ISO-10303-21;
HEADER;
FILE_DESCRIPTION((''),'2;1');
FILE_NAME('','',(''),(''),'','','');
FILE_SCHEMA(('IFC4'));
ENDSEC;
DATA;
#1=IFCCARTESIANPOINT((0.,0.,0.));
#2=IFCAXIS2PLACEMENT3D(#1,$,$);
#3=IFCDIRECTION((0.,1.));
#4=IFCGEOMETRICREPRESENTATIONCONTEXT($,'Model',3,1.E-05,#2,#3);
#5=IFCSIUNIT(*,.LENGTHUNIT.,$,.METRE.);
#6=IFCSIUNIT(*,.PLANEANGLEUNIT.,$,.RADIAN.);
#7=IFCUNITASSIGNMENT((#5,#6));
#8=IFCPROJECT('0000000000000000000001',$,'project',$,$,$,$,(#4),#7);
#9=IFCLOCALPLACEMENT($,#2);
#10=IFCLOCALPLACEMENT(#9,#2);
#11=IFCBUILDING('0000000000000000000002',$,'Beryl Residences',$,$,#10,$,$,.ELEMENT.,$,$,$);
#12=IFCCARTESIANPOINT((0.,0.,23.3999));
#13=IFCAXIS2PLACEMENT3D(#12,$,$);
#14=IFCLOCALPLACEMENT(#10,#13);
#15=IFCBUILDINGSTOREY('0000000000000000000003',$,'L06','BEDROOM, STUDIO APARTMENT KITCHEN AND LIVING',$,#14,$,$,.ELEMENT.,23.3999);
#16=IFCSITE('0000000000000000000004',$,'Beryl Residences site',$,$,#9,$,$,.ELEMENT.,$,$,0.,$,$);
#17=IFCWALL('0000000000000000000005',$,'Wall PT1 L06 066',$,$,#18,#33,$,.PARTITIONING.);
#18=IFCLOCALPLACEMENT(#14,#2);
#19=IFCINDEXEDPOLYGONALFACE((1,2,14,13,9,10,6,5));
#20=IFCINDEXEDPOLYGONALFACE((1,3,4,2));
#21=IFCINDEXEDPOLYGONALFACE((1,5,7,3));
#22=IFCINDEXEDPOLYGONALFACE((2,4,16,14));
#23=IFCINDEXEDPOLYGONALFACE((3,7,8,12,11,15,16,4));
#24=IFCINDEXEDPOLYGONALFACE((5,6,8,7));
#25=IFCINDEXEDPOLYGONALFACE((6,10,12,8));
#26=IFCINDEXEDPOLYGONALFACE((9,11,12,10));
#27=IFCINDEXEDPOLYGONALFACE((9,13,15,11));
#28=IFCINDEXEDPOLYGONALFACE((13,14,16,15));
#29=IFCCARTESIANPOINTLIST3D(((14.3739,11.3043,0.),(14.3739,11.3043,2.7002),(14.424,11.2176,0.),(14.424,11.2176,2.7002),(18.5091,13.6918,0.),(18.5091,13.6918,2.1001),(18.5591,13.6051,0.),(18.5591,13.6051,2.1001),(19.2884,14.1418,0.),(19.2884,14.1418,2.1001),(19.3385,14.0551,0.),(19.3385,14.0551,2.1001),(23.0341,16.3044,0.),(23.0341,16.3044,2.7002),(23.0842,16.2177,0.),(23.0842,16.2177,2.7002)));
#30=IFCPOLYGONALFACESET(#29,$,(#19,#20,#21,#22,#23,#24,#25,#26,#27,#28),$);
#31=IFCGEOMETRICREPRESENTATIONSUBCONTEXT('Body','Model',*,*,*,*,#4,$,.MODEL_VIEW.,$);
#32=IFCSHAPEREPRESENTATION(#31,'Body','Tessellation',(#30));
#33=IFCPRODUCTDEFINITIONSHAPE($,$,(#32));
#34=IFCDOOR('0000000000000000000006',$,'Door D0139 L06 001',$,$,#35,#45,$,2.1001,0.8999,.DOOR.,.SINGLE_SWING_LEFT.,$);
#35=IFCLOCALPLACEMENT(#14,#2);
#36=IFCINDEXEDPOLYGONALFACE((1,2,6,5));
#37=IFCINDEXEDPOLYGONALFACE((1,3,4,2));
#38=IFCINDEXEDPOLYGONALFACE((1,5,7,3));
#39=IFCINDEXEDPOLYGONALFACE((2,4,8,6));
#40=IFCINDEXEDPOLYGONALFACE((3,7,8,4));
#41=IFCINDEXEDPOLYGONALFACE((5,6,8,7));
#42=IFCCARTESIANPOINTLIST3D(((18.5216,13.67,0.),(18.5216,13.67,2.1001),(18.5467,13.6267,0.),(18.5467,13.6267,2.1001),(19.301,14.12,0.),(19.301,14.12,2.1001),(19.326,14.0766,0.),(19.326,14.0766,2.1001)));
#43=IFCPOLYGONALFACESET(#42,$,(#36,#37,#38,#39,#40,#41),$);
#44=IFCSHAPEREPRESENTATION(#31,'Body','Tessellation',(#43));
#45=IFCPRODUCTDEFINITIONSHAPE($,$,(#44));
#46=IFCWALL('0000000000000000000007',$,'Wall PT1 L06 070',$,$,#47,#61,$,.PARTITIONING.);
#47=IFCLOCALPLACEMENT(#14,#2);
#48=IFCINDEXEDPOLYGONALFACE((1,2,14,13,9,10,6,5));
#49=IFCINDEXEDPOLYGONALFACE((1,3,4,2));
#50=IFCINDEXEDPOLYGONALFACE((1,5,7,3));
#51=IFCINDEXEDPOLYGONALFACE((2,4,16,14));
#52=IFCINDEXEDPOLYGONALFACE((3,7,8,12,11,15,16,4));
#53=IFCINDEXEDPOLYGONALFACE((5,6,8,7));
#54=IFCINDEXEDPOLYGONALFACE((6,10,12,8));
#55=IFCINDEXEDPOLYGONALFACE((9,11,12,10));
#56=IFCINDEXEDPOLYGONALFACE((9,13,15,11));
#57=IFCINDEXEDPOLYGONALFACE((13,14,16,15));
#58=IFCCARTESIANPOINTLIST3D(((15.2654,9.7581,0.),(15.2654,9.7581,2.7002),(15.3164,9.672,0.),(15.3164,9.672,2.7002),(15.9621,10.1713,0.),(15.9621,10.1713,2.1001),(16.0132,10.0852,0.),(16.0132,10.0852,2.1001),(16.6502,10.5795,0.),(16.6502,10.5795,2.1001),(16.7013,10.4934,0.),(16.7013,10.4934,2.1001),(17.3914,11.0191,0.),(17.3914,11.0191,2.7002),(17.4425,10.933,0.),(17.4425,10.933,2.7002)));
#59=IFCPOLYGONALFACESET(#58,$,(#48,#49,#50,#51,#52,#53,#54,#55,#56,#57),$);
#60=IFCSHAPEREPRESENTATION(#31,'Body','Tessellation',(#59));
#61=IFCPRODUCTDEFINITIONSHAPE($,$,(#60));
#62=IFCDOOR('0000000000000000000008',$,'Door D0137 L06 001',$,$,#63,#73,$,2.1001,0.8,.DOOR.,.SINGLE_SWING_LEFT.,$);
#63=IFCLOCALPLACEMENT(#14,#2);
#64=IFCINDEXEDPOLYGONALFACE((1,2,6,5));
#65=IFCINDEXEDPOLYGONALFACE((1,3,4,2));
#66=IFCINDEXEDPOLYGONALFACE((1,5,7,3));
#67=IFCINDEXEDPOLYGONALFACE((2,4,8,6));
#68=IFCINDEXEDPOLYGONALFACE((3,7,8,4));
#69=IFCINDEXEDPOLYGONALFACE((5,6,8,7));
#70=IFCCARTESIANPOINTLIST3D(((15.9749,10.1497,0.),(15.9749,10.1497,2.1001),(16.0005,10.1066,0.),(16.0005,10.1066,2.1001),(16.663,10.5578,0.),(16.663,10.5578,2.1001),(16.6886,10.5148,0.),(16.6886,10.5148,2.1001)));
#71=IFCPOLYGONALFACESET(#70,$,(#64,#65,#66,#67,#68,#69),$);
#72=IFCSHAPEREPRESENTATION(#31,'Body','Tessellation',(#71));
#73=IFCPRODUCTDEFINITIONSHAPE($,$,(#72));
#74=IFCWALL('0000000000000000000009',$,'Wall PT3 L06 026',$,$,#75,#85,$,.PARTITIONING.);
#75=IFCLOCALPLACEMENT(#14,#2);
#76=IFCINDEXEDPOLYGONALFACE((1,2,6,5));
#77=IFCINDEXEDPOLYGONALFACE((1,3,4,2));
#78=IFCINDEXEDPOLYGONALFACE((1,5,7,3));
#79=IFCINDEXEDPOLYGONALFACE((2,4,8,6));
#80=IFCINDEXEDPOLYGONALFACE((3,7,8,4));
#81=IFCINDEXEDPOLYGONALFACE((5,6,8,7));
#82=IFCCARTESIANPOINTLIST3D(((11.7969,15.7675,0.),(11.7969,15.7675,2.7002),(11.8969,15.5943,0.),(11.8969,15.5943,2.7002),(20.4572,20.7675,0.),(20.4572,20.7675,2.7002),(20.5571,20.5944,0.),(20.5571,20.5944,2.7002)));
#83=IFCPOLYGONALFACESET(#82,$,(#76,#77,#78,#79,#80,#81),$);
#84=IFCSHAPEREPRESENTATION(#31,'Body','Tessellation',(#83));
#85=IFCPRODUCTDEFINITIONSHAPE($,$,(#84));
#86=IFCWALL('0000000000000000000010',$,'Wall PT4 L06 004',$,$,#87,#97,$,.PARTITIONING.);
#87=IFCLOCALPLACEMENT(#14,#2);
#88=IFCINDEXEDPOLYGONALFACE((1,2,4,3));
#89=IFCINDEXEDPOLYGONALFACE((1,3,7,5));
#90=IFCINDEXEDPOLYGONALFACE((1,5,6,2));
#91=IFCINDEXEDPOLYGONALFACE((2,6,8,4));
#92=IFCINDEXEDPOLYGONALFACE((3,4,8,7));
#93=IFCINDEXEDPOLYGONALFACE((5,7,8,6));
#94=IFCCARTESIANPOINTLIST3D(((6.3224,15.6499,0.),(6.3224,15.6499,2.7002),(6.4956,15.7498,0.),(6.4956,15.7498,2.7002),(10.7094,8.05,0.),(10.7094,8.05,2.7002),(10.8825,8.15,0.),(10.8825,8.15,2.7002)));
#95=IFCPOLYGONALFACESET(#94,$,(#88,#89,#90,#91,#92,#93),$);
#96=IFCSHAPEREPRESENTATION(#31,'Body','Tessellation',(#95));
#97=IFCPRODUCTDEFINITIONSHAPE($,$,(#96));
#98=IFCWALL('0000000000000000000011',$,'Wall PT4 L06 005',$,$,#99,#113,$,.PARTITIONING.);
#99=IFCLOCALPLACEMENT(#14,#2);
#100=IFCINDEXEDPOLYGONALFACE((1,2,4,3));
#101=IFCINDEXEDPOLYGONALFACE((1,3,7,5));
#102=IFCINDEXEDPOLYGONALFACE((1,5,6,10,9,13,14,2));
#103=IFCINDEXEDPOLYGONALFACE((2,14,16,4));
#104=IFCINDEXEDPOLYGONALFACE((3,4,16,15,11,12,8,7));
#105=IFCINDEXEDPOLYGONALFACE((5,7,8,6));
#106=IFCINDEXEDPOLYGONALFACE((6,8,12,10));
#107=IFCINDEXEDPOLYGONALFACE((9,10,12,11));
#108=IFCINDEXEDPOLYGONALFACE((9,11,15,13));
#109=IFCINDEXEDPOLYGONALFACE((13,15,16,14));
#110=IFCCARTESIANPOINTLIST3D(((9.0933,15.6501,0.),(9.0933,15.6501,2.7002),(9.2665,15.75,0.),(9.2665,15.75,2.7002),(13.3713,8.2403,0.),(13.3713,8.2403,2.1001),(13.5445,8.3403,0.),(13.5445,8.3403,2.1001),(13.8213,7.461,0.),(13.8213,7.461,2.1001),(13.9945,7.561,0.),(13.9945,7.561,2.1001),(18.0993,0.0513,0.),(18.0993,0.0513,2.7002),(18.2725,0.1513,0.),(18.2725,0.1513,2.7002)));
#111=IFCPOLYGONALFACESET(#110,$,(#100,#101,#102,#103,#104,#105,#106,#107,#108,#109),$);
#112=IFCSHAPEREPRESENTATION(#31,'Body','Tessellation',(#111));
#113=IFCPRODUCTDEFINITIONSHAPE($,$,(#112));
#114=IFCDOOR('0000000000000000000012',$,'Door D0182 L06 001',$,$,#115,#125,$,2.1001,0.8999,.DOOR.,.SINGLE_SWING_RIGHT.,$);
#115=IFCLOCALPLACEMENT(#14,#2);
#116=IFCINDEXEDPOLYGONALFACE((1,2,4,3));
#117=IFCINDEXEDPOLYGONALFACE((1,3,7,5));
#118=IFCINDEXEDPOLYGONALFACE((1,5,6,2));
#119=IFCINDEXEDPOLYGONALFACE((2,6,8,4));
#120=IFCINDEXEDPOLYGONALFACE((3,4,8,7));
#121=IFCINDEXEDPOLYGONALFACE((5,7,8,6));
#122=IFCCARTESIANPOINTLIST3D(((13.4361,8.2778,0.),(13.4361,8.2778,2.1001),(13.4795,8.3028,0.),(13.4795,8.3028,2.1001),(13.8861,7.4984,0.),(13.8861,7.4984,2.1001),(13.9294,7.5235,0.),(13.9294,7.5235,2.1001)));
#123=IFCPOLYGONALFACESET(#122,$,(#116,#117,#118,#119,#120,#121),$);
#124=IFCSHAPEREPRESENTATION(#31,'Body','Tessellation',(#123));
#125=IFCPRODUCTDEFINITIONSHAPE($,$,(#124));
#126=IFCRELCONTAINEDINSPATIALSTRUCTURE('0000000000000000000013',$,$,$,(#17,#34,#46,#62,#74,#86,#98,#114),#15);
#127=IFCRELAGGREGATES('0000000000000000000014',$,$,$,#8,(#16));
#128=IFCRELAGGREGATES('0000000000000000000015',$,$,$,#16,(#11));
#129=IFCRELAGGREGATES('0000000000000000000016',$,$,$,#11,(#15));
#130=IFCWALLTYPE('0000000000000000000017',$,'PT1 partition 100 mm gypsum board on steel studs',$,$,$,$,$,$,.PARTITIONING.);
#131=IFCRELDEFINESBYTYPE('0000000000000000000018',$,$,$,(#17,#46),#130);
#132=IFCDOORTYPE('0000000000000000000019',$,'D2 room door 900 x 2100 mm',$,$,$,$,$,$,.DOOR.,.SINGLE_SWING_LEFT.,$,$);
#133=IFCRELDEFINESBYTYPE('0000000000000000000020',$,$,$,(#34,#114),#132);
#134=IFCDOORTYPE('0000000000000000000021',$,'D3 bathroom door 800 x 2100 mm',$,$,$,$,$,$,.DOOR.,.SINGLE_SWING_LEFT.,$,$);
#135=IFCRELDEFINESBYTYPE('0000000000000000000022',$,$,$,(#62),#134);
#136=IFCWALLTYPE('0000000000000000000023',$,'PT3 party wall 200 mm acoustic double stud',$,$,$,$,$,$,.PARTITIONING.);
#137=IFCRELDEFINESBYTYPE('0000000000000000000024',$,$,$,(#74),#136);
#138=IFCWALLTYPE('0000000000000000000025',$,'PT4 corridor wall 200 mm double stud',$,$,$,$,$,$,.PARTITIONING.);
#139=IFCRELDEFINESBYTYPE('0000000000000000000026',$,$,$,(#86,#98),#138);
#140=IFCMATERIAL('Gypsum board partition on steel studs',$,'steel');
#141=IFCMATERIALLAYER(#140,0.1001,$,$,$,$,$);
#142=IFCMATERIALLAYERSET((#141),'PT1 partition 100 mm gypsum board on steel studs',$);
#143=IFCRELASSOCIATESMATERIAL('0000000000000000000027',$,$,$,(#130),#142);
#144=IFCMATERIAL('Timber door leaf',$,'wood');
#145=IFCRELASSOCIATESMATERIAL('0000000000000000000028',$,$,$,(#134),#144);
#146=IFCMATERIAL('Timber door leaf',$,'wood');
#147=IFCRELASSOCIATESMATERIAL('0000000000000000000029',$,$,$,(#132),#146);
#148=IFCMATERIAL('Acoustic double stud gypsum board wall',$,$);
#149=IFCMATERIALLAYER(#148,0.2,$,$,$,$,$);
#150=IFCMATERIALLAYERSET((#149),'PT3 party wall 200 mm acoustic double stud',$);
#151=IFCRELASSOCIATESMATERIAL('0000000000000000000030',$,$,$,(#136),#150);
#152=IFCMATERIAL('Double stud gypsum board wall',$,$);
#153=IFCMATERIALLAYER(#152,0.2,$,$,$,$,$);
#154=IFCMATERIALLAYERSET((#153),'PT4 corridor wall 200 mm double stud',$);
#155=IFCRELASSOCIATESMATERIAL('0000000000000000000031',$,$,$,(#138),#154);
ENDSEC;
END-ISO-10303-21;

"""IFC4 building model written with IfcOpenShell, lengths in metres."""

from ifc_helpers import new_model, si_unit, direction, frame, frame_2d, origin, place, context, subcontext, project, spatial, rectangle, extrude, material, layer, layer_set, type_object, element, fill, save


model = new_model("IFC4")

# Units and contexts
model_context = context("Model", 3, precision=1e-05, world=origin(), true_north=direction((0.0, 1.0)))
body_context = subcontext(model_context, "Body", "Model", "MODEL_VIEW")
ifc_project = project(units=[si_unit("LENGTHUNIT", "METRE"), si_unit("PLANEANGLEUNIT", "RADIAN")], contexts=[model_context])

# Site, building, storey
site_placement = place(None, origin())
site = spatial("IfcSite", under=ifc_project, at=site_placement, Name="Beryl Residences site", CompositionType="ELEMENT", RefElevation=0.0)
building_placement = place(site_placement, origin())
building = spatial("IfcBuilding", under=site, at=building_placement, Name="Beryl Residences", CompositionType="ELEMENT")
storey_placement = place(building_placement, frame((0.0, 0.0, 23.3999)))
storey = spatial("IfcBuildingStorey", under=building, at=storey_placement, Name="L06", Description="BEDROOM, STUDIO APARTMENT KITCHEN AND LIVING", CompositionType="ELEMENT", Elevation=23.3999)

# Walls, openings, doors
ifc_material_1 = material(Name="Gypsum board partition on steel studs", Category="steel")
ifc_layer_1 = layer(ifc_material_1, 0.1001)
ifc_layer_set_1 = layer_set([ifc_layer_1], Name="PT1 partition 100 mm gypsum board on steel studs")
wall_type_1 = type_object("IfcWallType", Name="PT1 partition 100 mm gypsum board on steel studs", PredefinedType="PARTITIONING", material=ifc_layer_set_1)
ifc_material_2 = material(Name="Timber door leaf", Category="wood")
door_type_1 = type_object("IfcDoorType", Name="D3 bathroom door 800 x 2100 mm", OperationType="SINGLE_SWING_LEFT", PredefinedType="DOOR", material=ifc_material_2)
wall_1_placement = place(storey_placement, frame((14.3989, 11.261, 0.0), z_axis=(0.0, 0.0, 1.0), x_axis=(0.866023, 0.500004, 0.0)))
wall_1 = element("IfcWall", 1, at=wall_1_placement, inside=storey, type_object=wall_type_1, Name="Wall PT1 L06 066", PredefinedType="PARTITIONING", context=body_context, shape_type="SweptSolid", body=[
    extrude(rectangle(XDim=10.0, YDim=0.1001, at=frame_2d((5.0, 0.0))), origin(), (0.0, 0.0, 1.0), 2.7002),
])
opening_1_placement = place(wall_1_placement, frame((4.7749, 0.0, 0.0)))
opening_1 = element("IfcOpeningElement", 2, at=opening_1_placement, cuts=wall_1, PredefinedType="OPENING", context=body_context, shape_type="SweptSolid", body=[
    extrude(rectangle(XDim=0.8999, YDim=2.1001, at=frame_2d((0.45, 1.05))), frame((0.0, 0.0601, 0.0), z_axis=(0.0, -1.0, 0.0), x_axis=(1.0, 0.0, 0.0)), (0.0, 0.0, 1.0), 0.1201),
])
ifc_material_3 = material(Name="Timber door leaf", Category="wood")
door_type_2 = type_object("IfcDoorType", Name="D2 room door 900 x 2100 mm", OperationType="SINGLE_SWING_LEFT", PredefinedType="DOOR", material=ifc_material_3)
door_1_placement = place(opening_1_placement, origin())
door_1 = element("IfcDoor", 3, at=door_1_placement, inside=storey, type_object=door_type_2, Name="Door D0139 L06 001", OperationType="SINGLE_SWING_LEFT", OverallHeight=2.1001, OverallWidth=0.8999, PredefinedType="DOOR", context=body_context, shape_type="SweptSolid", body=[
    extrude(rectangle(XDim=0.8999, YDim=2.1001, at=frame_2d((0.45, 1.05))), frame((0.0, 0.0249, 0.0), z_axis=(0.0, -1.0, 0.0), x_axis=(1.0, 0.0, 0.0)), (0.0, 0.0, 1.0), 0.05),
])
fill(opening_1, door_1)
wall_2_placement = place(storey_placement, frame((15.291, 9.7151, 0.0), z_axis=(0.0, 0.0, 1.0), x_axis=(0.860088, 0.510146, 0.0)))
wall_2 = element("IfcWall", 4, at=wall_2_placement, inside=storey, type_object=wall_type_1, Name="Wall PT1 L06 070", PredefinedType="PARTITIONING", context=body_context, shape_type="SweptSolid", body=[
    extrude(rectangle(XDim=2.4719, YDim=0.1001, at=frame_2d((1.2358, 0.0))), origin(), (0.0, 0.0, 1.0), 2.7002),
])
opening_2_placement = place(wall_2_placement, frame((0.8101, 0.0, 0.0)))
opening_2 = element("IfcOpeningElement", 5, at=opening_2_placement, cuts=wall_2, PredefinedType="OPENING", context=body_context, shape_type="SweptSolid", body=[
    extrude(rectangle(XDim=0.8, YDim=2.1001, at=frame_2d((0.3999, 1.05))), frame((0.0, 0.0601, 0.0), z_axis=(0.0, -1.0, 0.0), x_axis=(1.0, 0.0, 0.0)), (0.0, 0.0, 1.0), 0.1201),
])
door_2_placement = place(opening_2_placement, origin())
door_2 = element("IfcDoor", 6, at=door_2_placement, inside=storey, type_object=door_type_1, Name="Door D0137 L06 001", OperationType="SINGLE_SWING_LEFT", OverallHeight=2.1001, OverallWidth=0.8, PredefinedType="DOOR", context=body_context, shape_type="SweptSolid", body=[
    extrude(rectangle(XDim=0.8, YDim=2.1001, at=frame_2d((0.3999, 1.05))), frame((0.0, 0.0249, 0.0), z_axis=(0.0, -1.0, 0.0), x_axis=(1.0, 0.0, 0.0)), (0.0, 0.0, 1.0), 0.05),
])
fill(opening_2, door_2)

# Walls
ifc_material_4 = material(Name="Acoustic double stud gypsum board wall")
ifc_layer_2 = layer(ifc_material_4, 0.2)
ifc_layer_set_2 = layer_set([ifc_layer_2], Name="PT3 party wall 200 mm acoustic double stud")
wall_type_2 = type_object("IfcWallType", Name="PT3 party wall 200 mm acoustic double stud", PredefinedType="PARTITIONING", material=ifc_layer_set_2)
wall_3_placement = place(storey_placement, frame((11.8469, 15.6809, 0.0), z_axis=(0.0, 0.0, 1.0), x_axis=(0.866023, 0.500004, 0.0)))
element("IfcWall", 7, at=wall_3_placement, inside=storey, type_object=wall_type_2, Name="Wall PT3 L06 026", PredefinedType="PARTITIONING", context=body_context, shape_type="SweptSolid", body=[
    extrude(rectangle(XDim=10.0, YDim=0.2, at=frame_2d((5.0, 0.0))), origin(), (0.0, 0.0, 1.0), 2.7002),
])
ifc_material_5 = material(Name="Double stud gypsum board wall")
ifc_layer_3 = layer(ifc_material_5, 0.2)
ifc_layer_set_3 = layer_set([ifc_layer_3], Name="PT4 corridor wall 200 mm double stud")
wall_type_3 = type_object("IfcWallType", Name="PT4 corridor wall 200 mm double stud", PredefinedType="PARTITIONING", material=ifc_layer_set_3)
wall_4_placement = place(storey_placement, frame((6.4089, 15.7, 0.0), z_axis=(0.0, 0.0, 1.0), x_axis=(0.49993, -0.866066, 0.0)))
element("IfcWall", 8, at=wall_4_placement, inside=storey, type_object=wall_type_3, Name="Wall PT4 L06 004", PredefinedType="PARTITIONING", context=body_context, shape_type="SweptSolid", body=[
    extrude(rectangle(XDim=8.7751, YDim=0.2, at=frame_2d((4.3877, 0.0))), origin(), (0.0, 0.0, 1.0), 2.7002),
])

# Wall, opening, door
wall_5_placement = place(storey_placement, frame((9.1799, 15.7, 0.0), z_axis=(0.0, 0.0, 1.0), x_axis=(0.500004, -0.866023, 0.0)))
wall_5 = element("IfcWall", 9, at=wall_5_placement, inside=storey, type_object=wall_type_3, Name="Wall PT4 L06 005", PredefinedType="PARTITIONING", context=body_context, shape_type="SweptSolid", body=[
    extrude(rectangle(XDim=18.012, YDim=0.2, at=frame_2d((9.0059, 0.0))), origin(), (0.0, 0.0, 1.0), 2.7002),
])
opening_3_placement = place(wall_5_placement, frame((8.5559, 0.0, 0.0)))
opening_3 = element("IfcOpeningElement", 10, at=opening_3_placement, cuts=wall_5, PredefinedType="OPENING", context=body_context, shape_type="SweptSolid", body=[
    extrude(rectangle(XDim=0.8999, YDim=2.1001, at=frame_2d((0.45, 1.05))), frame((0.0, 0.1099, 0.0), z_axis=(0.0, -1.0, 0.0), x_axis=(1.0, 0.0, 0.0)), (0.0, 0.0, 1.0), 0.22),
])
door_3_placement = place(opening_3_placement, origin())
door_3 = element("IfcDoor", 11, at=door_3_placement, inside=storey, type_object=door_type_2, Name="Door D0182 L06 001", OperationType="SINGLE_SWING_RIGHT", OverallHeight=2.1001, OverallWidth=0.8999, PredefinedType="DOOR", context=body_context, shape_type="SweptSolid", body=[
    extrude(rectangle(XDim=0.8999, YDim=2.1001, at=frame_2d((0.45, 1.05))), frame((0.0, 0.0249, 0.0), z_axis=(0.0, -1.0, 0.0), x_axis=(1.0, 0.0, 0.0)), (0.0, 0.0, 1.0), 0.05),
])
fill(opening_3, door_3)

save(model, "model.ifc")
